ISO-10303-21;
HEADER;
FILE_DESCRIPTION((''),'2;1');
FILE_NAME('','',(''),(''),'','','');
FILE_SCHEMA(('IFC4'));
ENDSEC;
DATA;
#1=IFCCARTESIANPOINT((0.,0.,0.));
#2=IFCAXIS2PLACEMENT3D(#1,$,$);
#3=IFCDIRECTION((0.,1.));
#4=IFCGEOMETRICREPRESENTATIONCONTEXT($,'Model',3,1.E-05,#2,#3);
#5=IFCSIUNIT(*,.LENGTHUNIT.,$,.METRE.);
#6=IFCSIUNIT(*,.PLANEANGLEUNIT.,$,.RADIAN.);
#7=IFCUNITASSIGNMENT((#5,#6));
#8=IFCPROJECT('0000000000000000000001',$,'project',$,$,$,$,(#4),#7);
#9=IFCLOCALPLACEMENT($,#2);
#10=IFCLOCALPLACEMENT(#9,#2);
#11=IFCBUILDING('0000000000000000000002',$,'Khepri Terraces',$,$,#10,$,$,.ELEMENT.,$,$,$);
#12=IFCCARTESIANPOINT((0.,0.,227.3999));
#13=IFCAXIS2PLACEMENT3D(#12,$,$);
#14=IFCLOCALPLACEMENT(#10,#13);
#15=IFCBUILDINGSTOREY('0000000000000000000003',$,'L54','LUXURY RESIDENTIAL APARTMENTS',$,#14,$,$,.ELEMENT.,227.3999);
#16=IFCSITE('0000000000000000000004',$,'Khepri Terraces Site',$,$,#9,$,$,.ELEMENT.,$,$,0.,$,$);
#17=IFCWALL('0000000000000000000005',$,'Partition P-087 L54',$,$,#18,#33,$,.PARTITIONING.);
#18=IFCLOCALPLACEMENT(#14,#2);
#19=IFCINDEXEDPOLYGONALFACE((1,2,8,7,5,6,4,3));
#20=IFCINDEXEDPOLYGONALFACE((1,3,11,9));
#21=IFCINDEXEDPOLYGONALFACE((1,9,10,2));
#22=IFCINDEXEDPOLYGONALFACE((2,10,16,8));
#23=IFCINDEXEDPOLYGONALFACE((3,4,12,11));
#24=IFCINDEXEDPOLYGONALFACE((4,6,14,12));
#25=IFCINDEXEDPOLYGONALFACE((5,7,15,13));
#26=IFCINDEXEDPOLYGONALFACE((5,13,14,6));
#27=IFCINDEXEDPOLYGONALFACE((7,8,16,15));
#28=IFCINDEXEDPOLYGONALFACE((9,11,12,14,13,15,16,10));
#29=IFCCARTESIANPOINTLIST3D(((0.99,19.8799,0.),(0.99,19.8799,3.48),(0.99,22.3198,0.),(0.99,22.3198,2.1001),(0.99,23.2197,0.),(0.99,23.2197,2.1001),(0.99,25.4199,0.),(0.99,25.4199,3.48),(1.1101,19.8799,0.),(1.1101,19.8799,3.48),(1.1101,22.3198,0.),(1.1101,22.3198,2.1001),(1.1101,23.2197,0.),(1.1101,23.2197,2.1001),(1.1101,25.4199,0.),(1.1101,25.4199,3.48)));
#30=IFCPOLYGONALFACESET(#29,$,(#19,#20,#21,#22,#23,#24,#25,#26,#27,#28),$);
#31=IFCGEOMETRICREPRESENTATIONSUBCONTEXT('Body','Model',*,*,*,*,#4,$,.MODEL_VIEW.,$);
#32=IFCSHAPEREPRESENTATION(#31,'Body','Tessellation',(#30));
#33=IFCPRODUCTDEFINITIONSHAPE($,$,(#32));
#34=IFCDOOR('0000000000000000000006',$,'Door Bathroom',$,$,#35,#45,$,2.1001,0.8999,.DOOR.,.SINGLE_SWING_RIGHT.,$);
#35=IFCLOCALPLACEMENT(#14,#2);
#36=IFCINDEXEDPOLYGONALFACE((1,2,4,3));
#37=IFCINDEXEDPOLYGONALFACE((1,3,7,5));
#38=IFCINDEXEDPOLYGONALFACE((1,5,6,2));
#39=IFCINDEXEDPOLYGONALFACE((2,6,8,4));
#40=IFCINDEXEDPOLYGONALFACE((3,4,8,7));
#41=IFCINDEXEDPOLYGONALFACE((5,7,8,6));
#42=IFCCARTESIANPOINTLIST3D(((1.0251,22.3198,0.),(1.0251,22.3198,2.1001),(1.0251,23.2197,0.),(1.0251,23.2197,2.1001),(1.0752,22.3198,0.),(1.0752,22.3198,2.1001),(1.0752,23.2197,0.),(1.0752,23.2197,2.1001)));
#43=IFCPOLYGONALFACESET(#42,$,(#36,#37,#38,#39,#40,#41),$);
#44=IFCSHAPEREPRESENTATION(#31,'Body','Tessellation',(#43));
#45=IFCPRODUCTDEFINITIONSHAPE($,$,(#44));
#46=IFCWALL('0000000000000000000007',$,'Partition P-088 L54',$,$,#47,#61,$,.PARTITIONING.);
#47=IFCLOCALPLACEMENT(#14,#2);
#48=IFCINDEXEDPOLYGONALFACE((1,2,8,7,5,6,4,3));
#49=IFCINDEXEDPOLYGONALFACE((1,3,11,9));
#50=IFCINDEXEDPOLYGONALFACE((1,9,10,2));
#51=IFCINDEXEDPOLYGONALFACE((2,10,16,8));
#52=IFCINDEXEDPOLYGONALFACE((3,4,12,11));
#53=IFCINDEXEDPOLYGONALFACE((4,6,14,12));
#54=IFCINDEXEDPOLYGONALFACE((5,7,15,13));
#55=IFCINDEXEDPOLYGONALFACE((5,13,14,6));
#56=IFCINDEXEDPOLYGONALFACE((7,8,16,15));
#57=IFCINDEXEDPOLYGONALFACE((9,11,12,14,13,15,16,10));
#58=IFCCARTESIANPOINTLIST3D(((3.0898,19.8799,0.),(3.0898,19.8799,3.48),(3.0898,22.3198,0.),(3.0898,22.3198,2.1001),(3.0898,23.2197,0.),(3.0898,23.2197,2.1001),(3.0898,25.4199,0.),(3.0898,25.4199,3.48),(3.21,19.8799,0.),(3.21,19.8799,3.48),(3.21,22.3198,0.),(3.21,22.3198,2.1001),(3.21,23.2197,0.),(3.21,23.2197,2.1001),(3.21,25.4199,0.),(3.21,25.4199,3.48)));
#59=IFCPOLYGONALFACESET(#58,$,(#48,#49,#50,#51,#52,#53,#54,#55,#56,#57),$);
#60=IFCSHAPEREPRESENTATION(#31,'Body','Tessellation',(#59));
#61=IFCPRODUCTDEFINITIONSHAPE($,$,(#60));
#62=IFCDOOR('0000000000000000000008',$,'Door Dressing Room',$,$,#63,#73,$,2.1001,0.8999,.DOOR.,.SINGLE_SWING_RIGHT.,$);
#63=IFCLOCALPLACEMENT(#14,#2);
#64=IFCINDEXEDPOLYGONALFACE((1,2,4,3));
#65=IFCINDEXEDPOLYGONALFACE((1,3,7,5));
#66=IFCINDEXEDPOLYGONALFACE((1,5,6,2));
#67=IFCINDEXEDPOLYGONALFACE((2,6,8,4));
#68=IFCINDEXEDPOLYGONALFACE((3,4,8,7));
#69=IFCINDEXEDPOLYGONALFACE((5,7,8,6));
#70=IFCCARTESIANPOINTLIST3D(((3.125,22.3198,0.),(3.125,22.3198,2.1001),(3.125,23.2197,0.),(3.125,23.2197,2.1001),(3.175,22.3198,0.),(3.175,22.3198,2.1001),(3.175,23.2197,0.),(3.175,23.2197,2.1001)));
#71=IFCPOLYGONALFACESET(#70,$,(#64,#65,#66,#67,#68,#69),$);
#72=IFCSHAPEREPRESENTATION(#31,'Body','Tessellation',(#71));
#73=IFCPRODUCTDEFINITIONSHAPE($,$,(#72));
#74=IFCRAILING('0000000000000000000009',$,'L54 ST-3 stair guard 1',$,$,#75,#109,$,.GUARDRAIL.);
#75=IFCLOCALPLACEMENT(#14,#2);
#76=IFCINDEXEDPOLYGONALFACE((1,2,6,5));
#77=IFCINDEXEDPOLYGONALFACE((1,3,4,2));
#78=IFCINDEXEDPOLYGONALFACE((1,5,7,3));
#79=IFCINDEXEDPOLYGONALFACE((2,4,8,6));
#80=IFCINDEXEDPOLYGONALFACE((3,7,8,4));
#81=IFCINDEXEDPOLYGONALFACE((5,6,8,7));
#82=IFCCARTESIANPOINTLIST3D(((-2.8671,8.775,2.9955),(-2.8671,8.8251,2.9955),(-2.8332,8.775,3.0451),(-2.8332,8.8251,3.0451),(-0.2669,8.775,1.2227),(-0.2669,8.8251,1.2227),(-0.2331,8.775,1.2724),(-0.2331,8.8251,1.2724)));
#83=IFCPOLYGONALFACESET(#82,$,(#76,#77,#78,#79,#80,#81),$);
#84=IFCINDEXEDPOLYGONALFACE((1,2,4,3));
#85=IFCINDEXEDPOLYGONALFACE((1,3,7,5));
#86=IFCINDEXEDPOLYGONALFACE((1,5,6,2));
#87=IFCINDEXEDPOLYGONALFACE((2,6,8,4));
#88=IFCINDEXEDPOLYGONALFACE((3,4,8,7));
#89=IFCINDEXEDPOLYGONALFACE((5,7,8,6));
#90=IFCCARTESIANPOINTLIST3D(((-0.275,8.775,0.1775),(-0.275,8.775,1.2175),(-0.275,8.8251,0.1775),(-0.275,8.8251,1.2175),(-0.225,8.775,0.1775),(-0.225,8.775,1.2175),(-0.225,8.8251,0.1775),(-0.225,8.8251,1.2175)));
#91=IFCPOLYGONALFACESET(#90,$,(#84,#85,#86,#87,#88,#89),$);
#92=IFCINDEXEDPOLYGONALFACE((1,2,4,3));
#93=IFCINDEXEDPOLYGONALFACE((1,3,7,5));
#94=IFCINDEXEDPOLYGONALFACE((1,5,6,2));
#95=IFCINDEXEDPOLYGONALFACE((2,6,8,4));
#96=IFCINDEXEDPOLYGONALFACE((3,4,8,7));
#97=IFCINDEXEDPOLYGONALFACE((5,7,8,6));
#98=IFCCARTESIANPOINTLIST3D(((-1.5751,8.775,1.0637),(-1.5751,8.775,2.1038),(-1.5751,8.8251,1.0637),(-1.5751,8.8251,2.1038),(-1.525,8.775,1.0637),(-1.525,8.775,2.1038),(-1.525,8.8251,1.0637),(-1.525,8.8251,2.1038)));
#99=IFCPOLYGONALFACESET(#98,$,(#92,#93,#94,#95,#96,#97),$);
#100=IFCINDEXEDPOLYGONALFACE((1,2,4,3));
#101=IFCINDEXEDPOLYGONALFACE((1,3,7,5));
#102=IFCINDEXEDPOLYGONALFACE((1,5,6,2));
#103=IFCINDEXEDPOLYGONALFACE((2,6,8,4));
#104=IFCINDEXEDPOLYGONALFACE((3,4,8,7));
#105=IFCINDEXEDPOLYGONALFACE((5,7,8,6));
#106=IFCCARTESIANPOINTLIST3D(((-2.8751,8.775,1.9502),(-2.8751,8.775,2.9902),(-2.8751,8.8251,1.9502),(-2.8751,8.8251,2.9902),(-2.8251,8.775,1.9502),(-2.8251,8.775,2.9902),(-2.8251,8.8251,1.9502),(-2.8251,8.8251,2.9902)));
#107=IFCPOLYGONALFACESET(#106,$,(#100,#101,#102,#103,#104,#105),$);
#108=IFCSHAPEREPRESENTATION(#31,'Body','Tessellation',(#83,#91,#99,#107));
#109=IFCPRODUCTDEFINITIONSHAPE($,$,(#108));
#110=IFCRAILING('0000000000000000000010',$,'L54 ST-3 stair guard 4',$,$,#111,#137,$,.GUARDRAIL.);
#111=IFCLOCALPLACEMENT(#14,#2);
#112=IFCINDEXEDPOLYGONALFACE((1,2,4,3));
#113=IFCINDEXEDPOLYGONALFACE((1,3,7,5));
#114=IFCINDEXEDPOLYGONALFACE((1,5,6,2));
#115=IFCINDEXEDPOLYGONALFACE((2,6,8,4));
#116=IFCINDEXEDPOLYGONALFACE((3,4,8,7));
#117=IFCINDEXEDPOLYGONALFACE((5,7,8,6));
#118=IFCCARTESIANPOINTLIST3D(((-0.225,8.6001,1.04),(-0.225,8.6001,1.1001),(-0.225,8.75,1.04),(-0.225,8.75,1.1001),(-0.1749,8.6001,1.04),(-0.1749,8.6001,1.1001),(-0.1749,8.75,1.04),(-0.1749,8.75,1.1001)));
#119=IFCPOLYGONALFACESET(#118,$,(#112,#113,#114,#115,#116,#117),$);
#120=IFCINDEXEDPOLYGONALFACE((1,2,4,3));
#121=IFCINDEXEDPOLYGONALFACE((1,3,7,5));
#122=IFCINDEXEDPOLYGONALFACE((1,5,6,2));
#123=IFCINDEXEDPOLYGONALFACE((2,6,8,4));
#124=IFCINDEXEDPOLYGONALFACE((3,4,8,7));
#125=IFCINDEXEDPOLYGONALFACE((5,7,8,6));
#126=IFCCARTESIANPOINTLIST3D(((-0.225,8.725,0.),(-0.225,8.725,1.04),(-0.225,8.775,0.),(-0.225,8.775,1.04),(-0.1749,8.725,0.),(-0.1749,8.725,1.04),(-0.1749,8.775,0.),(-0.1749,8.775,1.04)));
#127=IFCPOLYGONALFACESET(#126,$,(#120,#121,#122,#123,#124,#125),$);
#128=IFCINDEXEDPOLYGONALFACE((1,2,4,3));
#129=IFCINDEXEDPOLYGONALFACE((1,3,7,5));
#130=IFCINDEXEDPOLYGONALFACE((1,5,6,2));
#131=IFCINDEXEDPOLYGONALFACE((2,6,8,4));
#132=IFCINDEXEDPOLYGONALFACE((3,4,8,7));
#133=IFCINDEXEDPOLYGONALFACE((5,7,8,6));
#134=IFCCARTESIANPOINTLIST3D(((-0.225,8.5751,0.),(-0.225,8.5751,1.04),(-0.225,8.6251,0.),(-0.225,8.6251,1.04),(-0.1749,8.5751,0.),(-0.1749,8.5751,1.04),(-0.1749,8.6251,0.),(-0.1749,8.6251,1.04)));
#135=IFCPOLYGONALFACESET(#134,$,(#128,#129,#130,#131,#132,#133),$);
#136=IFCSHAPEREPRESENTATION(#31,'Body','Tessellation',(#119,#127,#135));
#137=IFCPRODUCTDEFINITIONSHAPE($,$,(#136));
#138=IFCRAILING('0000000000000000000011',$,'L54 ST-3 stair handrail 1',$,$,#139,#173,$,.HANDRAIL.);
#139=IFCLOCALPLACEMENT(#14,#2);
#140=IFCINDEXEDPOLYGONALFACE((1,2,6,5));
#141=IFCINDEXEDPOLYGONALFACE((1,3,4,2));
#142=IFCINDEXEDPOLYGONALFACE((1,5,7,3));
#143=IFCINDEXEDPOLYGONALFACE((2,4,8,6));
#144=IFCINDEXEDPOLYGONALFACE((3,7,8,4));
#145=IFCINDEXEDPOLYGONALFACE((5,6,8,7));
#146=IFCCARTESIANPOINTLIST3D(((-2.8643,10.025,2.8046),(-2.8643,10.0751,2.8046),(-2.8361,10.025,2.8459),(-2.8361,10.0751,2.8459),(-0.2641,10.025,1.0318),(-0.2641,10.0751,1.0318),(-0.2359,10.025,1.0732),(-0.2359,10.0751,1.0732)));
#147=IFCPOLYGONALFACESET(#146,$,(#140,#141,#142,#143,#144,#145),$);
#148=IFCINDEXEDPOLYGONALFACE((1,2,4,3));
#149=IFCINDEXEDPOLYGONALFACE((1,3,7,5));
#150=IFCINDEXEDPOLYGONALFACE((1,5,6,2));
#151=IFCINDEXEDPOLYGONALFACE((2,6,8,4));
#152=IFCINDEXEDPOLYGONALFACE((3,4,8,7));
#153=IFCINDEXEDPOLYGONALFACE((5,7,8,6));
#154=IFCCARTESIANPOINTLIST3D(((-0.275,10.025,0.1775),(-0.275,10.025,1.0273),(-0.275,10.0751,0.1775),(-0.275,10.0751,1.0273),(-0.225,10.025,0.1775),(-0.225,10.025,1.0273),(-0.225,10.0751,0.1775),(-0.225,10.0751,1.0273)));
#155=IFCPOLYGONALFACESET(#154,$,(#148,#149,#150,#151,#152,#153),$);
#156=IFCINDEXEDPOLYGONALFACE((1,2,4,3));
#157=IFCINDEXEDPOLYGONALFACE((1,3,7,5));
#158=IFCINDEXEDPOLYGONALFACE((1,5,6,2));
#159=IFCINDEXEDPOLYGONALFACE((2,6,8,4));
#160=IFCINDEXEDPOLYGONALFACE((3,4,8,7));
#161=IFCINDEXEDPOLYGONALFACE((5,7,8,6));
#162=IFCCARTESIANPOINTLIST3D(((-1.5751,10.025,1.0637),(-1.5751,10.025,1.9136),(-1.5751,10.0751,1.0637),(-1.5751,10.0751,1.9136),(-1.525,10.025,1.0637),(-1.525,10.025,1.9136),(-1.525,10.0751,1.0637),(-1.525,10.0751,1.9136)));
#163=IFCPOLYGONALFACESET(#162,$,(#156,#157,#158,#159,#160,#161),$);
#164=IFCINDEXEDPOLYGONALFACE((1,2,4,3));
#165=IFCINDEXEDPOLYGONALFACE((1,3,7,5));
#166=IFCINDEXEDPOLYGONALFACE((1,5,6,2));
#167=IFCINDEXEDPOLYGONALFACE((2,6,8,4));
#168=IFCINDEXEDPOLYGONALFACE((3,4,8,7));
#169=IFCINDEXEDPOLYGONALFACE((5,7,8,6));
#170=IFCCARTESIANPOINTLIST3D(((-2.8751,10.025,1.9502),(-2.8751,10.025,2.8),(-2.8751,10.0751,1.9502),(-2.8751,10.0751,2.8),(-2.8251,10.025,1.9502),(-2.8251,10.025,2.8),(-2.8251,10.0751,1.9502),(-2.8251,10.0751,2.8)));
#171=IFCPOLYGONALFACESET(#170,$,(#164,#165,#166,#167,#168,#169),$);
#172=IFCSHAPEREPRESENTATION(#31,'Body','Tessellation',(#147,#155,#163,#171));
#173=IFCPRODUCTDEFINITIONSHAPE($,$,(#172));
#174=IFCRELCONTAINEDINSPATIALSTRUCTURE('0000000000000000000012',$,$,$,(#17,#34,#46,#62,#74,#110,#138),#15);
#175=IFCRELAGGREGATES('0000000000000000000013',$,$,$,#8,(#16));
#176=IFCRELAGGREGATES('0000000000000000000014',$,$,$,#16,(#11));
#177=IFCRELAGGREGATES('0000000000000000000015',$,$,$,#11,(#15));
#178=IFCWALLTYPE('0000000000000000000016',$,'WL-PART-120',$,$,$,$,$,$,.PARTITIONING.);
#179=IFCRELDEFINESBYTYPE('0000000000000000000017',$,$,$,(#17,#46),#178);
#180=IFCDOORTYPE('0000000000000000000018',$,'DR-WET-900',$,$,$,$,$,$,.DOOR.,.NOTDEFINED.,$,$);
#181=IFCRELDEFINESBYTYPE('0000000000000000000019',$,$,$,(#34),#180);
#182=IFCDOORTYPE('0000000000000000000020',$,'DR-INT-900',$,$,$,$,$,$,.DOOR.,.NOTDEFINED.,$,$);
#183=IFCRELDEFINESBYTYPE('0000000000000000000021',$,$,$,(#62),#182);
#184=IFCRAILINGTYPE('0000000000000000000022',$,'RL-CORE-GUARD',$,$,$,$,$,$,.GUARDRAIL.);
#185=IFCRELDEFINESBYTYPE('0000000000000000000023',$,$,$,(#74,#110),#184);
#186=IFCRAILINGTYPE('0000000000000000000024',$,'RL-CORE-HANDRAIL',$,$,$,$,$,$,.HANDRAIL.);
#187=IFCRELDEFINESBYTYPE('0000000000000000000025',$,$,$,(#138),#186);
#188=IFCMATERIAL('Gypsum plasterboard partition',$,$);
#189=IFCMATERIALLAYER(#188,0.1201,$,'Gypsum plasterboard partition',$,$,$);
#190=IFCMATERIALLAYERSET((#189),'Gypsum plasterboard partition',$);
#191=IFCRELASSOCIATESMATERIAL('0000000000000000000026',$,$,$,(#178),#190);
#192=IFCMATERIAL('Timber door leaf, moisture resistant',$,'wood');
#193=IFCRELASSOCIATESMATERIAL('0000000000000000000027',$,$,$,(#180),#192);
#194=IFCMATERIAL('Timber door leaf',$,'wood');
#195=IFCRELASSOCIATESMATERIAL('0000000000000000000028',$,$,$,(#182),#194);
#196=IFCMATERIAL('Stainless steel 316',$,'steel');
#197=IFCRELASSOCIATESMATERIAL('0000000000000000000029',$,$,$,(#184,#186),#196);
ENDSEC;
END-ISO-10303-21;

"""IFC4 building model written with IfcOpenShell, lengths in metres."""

from ifc_helpers import new_model, si_unit, direction, frame, frame_2d, origin, origin_2d, place, context, subcontext, project, spatial, rectangle, extrude, material, layer, layer_set, type_object, element, fill, save


model = new_model("IFC4")

# Units and contexts
model_context = context("Model", 3, precision=1e-05, world=origin(), true_north=direction((0.0, 1.0)))
body_context = subcontext(model_context, "Body", "Model", "MODEL_VIEW")
ifc_project = project(units=[si_unit("LENGTHUNIT", "METRE"), si_unit("PLANEANGLEUNIT", "RADIAN")], contexts=[model_context])

# Site, building, storey
site_placement = place(None, origin())
site = spatial("IfcSite", under=ifc_project, at=site_placement, Name="Khepri Terraces Site", CompositionType="ELEMENT", RefElevation=0.0)
building_placement = place(site_placement, origin())
building = spatial("IfcBuilding", under=site, at=building_placement, Name="Khepri Terraces", CompositionType="ELEMENT")
storey_placement = place(building_placement, frame((0.0, 0.0, 227.3999)))
storey = spatial("IfcBuildingStorey", under=building, at=storey_placement, Name="L54", Description="LUXURY RESIDENTIAL APARTMENTS", CompositionType="ELEMENT", Elevation=227.3999)

# Shared definitions
ifc_material_1 = material(Name="Gypsum plasterboard partition")
ifc_layer_1 = layer(ifc_material_1, 0.1201, Name="Gypsum plasterboard partition")
ifc_layer_set_1 = layer_set([ifc_layer_1], Name="Gypsum plasterboard partition")
wall_type_1 = type_object("IfcWallType", Name="WL-PART-120", PredefinedType="PARTITIONING", material=ifc_layer_set_1)

# Walls, openings, doors
wall_1_placement = place(storey_placement, frame((1.05, 19.8799, 0.0), z_axis=(0.0, 0.0, 1.0), x_axis=(0.0, 1.0, 0.0)))
wall_1 = element("IfcWall", 1, at=wall_1_placement, inside=storey, type_object=wall_type_1, Name="Partition P-087 L54", PredefinedType="PARTITIONING", context=body_context, shape_type="SweptSolid", body=[
    extrude(rectangle(XDim=5.54, YDim=0.1201, at=frame_2d((2.77, 0.0))), origin(), (0.0, 0.0, 1.0), 3.48),
])
opening_1_placement = place(wall_1_placement, frame((2.4399, 0.0, 0.0)))
opening_1 = element("IfcOpeningElement", 2, at=opening_1_placement, cuts=wall_1, PredefinedType="OPENING", context=body_context, shape_type="SweptSolid", body=[
    extrude(rectangle(XDim=0.8999, YDim=2.1001, at=frame_2d((0.45, 1.05))), frame((0.0, 0.0701, 0.0), z_axis=(0.0, -1.0, 0.0), x_axis=(1.0, 0.0, 0.0)), (0.0, 0.0, 1.0), 0.1401),
])
ifc_material_2 = material(Name="Timber door leaf, moisture resistant", Category="wood")
door_type_1 = type_object("IfcDoorType", Name="DR-WET-900", OperationType="NOTDEFINED", PredefinedType="DOOR", material=ifc_material_2)
door_1_placement = place(opening_1_placement, origin())
door_1 = element("IfcDoor", 3, at=door_1_placement, inside=storey, type_object=door_type_1, Name="Door Bathroom", OperationType="SINGLE_SWING_RIGHT", OverallHeight=2.1001, OverallWidth=0.8999, PredefinedType="DOOR", context=body_context, shape_type="SweptSolid", body=[
    extrude(rectangle(XDim=0.8999, YDim=2.1001, at=frame_2d((0.45, 1.05))), frame((0.0, 0.0249, 0.0), z_axis=(0.0, -1.0, 0.0), x_axis=(1.0, 0.0, 0.0)), (0.0, 0.0, 1.0), 0.05),
])
fill(opening_1, door_1)
wall_2_placement = place(storey_placement, frame((3.1499, 19.8799, 0.0), z_axis=(0.0, 0.0, 1.0), x_axis=(0.0, 1.0, 0.0)))
wall_2 = element("IfcWall", 4, at=wall_2_placement, inside=storey, type_object=wall_type_1, Name="Partition P-088 L54", PredefinedType="PARTITIONING", context=body_context, shape_type="SweptSolid", body=[
    extrude(rectangle(XDim=5.54, YDim=0.1201, at=frame_2d((2.77, 0.0))), origin(), (0.0, 0.0, 1.0), 3.48),
])
opening_2_placement = place(wall_2_placement, frame((2.4399, 0.0, 0.0)))
opening_2 = element("IfcOpeningElement", 5, at=opening_2_placement, cuts=wall_2, PredefinedType="OPENING", context=body_context, shape_type="SweptSolid", body=[
    extrude(rectangle(XDim=0.8999, YDim=2.1001, at=frame_2d((0.45, 1.05))), frame((0.0, 0.0701, 0.0), z_axis=(0.0, -1.0, 0.0), x_axis=(1.0, 0.0, 0.0)), (0.0, 0.0, 1.0), 0.1401),
])
ifc_material_3 = material(Name="Timber door leaf", Category="wood")
door_type_2 = type_object("IfcDoorType", Name="DR-INT-900", OperationType="NOTDEFINED", PredefinedType="DOOR", material=ifc_material_3)
door_2_placement = place(opening_2_placement, origin())
door_2 = element("IfcDoor", 6, at=door_2_placement, inside=storey, type_object=door_type_2, Name="Door Dressing Room", OperationType="SINGLE_SWING_RIGHT", OverallHeight=2.1001, OverallWidth=0.8999, PredefinedType="DOOR", context=body_context, shape_type="SweptSolid", body=[
    extrude(rectangle(XDim=0.8999, YDim=2.1001, at=frame_2d((0.45, 1.05))), frame((0.0, 0.0249, 0.0), z_axis=(0.0, -1.0, 0.0), x_axis=(1.0, 0.0, 0.0)), (0.0, 0.0, 1.0), 0.05),
])
fill(opening_2, door_2)

# Railings
ifc_material_4 = material(Name="Stainless steel 316", Category="steel")
railing_type_1 = type_object("IfcRailingType", Name="RL-CORE-GUARD", PredefinedType="GUARDRAIL", material=ifc_material_4)
railing_1_placement = place(storey_placement, frame((-0.25, 8.8, 0.1775)))
element("IfcRailing", 7, at=railing_1_placement, inside=storey, type_object=railing_type_1, Name="L54 ST-3 stair guard 1", PredefinedType="GUARDRAIL", context=body_context, shape_type="SweptSolid", body=[
    extrude(rectangle(XDim=0.05, YDim=0.0601, at=origin_2d()), frame((0.0, 0.0, 1.0701), z_axis=(-0.82624, 0.0, 0.563318), x_axis=(0.0, -1.0, 0.0)), (0.0, 0.0, 1.0), 3.147),
    extrude(rectangle(XDim=0.05, YDim=0.05, at=origin_2d()), origin(), (0.0, 0.0, 1.0), 1.04),
    extrude(rectangle(XDim=0.05, YDim=0.05, at=origin_2d()), frame((-1.3, 0.0, 0.8862)), (0.0, 0.0, 1.0), 1.04),
    extrude(rectangle(XDim=0.05, YDim=0.05, at=origin_2d()), frame((-2.6001, 0.0, 1.7727)), (0.0, 0.0, 1.0), 1.04),
])
railing_2_placement = place(storey_placement, frame((-0.2, 8.75, 0.0)))
element("IfcRailing", 8, at=railing_2_placement, inside=storey, type_object=railing_type_1, Name="L54 ST-3 stair guard 4", PredefinedType="GUARDRAIL", context=body_context, shape_type="SweptSolid", body=[
    extrude(rectangle(XDim=0.05, YDim=0.0601, at=origin_2d()), frame((0.0, 0.0, 1.0701), z_axis=(0.0, -1.0, 0.0), x_axis=(1.0, 0.0, 0.0)), (0.0, 0.0, 1.0), 0.1499),
    extrude(rectangle(XDim=0.05, YDim=0.05, at=origin_2d()), origin(), (0.0, 0.0, 1.0), 1.04),
    extrude(rectangle(XDim=0.05, YDim=0.05, at=origin_2d()), frame((0.0, -0.1499, 0.0)), (0.0, 0.0, 1.0), 1.04),
])
railing_type_2 = type_object("IfcRailingType", Name="RL-CORE-HANDRAIL", PredefinedType="HANDRAIL", material=ifc_material_4)
railing_3_placement = place(storey_placement, frame((-0.25, 10.05, 0.1775)))
element("IfcRailing", 9, at=railing_3_placement, inside=storey, type_object=railing_type_2, Name="L54 ST-3 stair handrail 1", PredefinedType="HANDRAIL", context=body_context, shape_type="SweptSolid", body=[
    extrude(rectangle(XDim=0.05, YDim=0.05, at=origin_2d()), frame((0.0, 0.0, 0.875), z_axis=(-0.82624, 0.0, 0.563318), x_axis=(0.0, -1.0, 0.0)), (0.0, 0.0, 1.0), 3.147),
    extrude(rectangle(XDim=0.05, YDim=0.05, at=origin_2d()), origin(), (0.0, 0.0, 1.0), 0.8499),
    extrude(rectangle(XDim=0.05, YDim=0.05, at=origin_2d()), frame((-1.3, 0.0, 0.8862)), (0.0, 0.0, 1.0), 0.8499),
    extrude(rectangle(XDim=0.05, YDim=0.05, at=origin_2d()), frame((-2.6001, 0.0, 1.7727)), (0.0, 0.0, 1.0), 0.8499),
])

save(model, "model.ifc")
